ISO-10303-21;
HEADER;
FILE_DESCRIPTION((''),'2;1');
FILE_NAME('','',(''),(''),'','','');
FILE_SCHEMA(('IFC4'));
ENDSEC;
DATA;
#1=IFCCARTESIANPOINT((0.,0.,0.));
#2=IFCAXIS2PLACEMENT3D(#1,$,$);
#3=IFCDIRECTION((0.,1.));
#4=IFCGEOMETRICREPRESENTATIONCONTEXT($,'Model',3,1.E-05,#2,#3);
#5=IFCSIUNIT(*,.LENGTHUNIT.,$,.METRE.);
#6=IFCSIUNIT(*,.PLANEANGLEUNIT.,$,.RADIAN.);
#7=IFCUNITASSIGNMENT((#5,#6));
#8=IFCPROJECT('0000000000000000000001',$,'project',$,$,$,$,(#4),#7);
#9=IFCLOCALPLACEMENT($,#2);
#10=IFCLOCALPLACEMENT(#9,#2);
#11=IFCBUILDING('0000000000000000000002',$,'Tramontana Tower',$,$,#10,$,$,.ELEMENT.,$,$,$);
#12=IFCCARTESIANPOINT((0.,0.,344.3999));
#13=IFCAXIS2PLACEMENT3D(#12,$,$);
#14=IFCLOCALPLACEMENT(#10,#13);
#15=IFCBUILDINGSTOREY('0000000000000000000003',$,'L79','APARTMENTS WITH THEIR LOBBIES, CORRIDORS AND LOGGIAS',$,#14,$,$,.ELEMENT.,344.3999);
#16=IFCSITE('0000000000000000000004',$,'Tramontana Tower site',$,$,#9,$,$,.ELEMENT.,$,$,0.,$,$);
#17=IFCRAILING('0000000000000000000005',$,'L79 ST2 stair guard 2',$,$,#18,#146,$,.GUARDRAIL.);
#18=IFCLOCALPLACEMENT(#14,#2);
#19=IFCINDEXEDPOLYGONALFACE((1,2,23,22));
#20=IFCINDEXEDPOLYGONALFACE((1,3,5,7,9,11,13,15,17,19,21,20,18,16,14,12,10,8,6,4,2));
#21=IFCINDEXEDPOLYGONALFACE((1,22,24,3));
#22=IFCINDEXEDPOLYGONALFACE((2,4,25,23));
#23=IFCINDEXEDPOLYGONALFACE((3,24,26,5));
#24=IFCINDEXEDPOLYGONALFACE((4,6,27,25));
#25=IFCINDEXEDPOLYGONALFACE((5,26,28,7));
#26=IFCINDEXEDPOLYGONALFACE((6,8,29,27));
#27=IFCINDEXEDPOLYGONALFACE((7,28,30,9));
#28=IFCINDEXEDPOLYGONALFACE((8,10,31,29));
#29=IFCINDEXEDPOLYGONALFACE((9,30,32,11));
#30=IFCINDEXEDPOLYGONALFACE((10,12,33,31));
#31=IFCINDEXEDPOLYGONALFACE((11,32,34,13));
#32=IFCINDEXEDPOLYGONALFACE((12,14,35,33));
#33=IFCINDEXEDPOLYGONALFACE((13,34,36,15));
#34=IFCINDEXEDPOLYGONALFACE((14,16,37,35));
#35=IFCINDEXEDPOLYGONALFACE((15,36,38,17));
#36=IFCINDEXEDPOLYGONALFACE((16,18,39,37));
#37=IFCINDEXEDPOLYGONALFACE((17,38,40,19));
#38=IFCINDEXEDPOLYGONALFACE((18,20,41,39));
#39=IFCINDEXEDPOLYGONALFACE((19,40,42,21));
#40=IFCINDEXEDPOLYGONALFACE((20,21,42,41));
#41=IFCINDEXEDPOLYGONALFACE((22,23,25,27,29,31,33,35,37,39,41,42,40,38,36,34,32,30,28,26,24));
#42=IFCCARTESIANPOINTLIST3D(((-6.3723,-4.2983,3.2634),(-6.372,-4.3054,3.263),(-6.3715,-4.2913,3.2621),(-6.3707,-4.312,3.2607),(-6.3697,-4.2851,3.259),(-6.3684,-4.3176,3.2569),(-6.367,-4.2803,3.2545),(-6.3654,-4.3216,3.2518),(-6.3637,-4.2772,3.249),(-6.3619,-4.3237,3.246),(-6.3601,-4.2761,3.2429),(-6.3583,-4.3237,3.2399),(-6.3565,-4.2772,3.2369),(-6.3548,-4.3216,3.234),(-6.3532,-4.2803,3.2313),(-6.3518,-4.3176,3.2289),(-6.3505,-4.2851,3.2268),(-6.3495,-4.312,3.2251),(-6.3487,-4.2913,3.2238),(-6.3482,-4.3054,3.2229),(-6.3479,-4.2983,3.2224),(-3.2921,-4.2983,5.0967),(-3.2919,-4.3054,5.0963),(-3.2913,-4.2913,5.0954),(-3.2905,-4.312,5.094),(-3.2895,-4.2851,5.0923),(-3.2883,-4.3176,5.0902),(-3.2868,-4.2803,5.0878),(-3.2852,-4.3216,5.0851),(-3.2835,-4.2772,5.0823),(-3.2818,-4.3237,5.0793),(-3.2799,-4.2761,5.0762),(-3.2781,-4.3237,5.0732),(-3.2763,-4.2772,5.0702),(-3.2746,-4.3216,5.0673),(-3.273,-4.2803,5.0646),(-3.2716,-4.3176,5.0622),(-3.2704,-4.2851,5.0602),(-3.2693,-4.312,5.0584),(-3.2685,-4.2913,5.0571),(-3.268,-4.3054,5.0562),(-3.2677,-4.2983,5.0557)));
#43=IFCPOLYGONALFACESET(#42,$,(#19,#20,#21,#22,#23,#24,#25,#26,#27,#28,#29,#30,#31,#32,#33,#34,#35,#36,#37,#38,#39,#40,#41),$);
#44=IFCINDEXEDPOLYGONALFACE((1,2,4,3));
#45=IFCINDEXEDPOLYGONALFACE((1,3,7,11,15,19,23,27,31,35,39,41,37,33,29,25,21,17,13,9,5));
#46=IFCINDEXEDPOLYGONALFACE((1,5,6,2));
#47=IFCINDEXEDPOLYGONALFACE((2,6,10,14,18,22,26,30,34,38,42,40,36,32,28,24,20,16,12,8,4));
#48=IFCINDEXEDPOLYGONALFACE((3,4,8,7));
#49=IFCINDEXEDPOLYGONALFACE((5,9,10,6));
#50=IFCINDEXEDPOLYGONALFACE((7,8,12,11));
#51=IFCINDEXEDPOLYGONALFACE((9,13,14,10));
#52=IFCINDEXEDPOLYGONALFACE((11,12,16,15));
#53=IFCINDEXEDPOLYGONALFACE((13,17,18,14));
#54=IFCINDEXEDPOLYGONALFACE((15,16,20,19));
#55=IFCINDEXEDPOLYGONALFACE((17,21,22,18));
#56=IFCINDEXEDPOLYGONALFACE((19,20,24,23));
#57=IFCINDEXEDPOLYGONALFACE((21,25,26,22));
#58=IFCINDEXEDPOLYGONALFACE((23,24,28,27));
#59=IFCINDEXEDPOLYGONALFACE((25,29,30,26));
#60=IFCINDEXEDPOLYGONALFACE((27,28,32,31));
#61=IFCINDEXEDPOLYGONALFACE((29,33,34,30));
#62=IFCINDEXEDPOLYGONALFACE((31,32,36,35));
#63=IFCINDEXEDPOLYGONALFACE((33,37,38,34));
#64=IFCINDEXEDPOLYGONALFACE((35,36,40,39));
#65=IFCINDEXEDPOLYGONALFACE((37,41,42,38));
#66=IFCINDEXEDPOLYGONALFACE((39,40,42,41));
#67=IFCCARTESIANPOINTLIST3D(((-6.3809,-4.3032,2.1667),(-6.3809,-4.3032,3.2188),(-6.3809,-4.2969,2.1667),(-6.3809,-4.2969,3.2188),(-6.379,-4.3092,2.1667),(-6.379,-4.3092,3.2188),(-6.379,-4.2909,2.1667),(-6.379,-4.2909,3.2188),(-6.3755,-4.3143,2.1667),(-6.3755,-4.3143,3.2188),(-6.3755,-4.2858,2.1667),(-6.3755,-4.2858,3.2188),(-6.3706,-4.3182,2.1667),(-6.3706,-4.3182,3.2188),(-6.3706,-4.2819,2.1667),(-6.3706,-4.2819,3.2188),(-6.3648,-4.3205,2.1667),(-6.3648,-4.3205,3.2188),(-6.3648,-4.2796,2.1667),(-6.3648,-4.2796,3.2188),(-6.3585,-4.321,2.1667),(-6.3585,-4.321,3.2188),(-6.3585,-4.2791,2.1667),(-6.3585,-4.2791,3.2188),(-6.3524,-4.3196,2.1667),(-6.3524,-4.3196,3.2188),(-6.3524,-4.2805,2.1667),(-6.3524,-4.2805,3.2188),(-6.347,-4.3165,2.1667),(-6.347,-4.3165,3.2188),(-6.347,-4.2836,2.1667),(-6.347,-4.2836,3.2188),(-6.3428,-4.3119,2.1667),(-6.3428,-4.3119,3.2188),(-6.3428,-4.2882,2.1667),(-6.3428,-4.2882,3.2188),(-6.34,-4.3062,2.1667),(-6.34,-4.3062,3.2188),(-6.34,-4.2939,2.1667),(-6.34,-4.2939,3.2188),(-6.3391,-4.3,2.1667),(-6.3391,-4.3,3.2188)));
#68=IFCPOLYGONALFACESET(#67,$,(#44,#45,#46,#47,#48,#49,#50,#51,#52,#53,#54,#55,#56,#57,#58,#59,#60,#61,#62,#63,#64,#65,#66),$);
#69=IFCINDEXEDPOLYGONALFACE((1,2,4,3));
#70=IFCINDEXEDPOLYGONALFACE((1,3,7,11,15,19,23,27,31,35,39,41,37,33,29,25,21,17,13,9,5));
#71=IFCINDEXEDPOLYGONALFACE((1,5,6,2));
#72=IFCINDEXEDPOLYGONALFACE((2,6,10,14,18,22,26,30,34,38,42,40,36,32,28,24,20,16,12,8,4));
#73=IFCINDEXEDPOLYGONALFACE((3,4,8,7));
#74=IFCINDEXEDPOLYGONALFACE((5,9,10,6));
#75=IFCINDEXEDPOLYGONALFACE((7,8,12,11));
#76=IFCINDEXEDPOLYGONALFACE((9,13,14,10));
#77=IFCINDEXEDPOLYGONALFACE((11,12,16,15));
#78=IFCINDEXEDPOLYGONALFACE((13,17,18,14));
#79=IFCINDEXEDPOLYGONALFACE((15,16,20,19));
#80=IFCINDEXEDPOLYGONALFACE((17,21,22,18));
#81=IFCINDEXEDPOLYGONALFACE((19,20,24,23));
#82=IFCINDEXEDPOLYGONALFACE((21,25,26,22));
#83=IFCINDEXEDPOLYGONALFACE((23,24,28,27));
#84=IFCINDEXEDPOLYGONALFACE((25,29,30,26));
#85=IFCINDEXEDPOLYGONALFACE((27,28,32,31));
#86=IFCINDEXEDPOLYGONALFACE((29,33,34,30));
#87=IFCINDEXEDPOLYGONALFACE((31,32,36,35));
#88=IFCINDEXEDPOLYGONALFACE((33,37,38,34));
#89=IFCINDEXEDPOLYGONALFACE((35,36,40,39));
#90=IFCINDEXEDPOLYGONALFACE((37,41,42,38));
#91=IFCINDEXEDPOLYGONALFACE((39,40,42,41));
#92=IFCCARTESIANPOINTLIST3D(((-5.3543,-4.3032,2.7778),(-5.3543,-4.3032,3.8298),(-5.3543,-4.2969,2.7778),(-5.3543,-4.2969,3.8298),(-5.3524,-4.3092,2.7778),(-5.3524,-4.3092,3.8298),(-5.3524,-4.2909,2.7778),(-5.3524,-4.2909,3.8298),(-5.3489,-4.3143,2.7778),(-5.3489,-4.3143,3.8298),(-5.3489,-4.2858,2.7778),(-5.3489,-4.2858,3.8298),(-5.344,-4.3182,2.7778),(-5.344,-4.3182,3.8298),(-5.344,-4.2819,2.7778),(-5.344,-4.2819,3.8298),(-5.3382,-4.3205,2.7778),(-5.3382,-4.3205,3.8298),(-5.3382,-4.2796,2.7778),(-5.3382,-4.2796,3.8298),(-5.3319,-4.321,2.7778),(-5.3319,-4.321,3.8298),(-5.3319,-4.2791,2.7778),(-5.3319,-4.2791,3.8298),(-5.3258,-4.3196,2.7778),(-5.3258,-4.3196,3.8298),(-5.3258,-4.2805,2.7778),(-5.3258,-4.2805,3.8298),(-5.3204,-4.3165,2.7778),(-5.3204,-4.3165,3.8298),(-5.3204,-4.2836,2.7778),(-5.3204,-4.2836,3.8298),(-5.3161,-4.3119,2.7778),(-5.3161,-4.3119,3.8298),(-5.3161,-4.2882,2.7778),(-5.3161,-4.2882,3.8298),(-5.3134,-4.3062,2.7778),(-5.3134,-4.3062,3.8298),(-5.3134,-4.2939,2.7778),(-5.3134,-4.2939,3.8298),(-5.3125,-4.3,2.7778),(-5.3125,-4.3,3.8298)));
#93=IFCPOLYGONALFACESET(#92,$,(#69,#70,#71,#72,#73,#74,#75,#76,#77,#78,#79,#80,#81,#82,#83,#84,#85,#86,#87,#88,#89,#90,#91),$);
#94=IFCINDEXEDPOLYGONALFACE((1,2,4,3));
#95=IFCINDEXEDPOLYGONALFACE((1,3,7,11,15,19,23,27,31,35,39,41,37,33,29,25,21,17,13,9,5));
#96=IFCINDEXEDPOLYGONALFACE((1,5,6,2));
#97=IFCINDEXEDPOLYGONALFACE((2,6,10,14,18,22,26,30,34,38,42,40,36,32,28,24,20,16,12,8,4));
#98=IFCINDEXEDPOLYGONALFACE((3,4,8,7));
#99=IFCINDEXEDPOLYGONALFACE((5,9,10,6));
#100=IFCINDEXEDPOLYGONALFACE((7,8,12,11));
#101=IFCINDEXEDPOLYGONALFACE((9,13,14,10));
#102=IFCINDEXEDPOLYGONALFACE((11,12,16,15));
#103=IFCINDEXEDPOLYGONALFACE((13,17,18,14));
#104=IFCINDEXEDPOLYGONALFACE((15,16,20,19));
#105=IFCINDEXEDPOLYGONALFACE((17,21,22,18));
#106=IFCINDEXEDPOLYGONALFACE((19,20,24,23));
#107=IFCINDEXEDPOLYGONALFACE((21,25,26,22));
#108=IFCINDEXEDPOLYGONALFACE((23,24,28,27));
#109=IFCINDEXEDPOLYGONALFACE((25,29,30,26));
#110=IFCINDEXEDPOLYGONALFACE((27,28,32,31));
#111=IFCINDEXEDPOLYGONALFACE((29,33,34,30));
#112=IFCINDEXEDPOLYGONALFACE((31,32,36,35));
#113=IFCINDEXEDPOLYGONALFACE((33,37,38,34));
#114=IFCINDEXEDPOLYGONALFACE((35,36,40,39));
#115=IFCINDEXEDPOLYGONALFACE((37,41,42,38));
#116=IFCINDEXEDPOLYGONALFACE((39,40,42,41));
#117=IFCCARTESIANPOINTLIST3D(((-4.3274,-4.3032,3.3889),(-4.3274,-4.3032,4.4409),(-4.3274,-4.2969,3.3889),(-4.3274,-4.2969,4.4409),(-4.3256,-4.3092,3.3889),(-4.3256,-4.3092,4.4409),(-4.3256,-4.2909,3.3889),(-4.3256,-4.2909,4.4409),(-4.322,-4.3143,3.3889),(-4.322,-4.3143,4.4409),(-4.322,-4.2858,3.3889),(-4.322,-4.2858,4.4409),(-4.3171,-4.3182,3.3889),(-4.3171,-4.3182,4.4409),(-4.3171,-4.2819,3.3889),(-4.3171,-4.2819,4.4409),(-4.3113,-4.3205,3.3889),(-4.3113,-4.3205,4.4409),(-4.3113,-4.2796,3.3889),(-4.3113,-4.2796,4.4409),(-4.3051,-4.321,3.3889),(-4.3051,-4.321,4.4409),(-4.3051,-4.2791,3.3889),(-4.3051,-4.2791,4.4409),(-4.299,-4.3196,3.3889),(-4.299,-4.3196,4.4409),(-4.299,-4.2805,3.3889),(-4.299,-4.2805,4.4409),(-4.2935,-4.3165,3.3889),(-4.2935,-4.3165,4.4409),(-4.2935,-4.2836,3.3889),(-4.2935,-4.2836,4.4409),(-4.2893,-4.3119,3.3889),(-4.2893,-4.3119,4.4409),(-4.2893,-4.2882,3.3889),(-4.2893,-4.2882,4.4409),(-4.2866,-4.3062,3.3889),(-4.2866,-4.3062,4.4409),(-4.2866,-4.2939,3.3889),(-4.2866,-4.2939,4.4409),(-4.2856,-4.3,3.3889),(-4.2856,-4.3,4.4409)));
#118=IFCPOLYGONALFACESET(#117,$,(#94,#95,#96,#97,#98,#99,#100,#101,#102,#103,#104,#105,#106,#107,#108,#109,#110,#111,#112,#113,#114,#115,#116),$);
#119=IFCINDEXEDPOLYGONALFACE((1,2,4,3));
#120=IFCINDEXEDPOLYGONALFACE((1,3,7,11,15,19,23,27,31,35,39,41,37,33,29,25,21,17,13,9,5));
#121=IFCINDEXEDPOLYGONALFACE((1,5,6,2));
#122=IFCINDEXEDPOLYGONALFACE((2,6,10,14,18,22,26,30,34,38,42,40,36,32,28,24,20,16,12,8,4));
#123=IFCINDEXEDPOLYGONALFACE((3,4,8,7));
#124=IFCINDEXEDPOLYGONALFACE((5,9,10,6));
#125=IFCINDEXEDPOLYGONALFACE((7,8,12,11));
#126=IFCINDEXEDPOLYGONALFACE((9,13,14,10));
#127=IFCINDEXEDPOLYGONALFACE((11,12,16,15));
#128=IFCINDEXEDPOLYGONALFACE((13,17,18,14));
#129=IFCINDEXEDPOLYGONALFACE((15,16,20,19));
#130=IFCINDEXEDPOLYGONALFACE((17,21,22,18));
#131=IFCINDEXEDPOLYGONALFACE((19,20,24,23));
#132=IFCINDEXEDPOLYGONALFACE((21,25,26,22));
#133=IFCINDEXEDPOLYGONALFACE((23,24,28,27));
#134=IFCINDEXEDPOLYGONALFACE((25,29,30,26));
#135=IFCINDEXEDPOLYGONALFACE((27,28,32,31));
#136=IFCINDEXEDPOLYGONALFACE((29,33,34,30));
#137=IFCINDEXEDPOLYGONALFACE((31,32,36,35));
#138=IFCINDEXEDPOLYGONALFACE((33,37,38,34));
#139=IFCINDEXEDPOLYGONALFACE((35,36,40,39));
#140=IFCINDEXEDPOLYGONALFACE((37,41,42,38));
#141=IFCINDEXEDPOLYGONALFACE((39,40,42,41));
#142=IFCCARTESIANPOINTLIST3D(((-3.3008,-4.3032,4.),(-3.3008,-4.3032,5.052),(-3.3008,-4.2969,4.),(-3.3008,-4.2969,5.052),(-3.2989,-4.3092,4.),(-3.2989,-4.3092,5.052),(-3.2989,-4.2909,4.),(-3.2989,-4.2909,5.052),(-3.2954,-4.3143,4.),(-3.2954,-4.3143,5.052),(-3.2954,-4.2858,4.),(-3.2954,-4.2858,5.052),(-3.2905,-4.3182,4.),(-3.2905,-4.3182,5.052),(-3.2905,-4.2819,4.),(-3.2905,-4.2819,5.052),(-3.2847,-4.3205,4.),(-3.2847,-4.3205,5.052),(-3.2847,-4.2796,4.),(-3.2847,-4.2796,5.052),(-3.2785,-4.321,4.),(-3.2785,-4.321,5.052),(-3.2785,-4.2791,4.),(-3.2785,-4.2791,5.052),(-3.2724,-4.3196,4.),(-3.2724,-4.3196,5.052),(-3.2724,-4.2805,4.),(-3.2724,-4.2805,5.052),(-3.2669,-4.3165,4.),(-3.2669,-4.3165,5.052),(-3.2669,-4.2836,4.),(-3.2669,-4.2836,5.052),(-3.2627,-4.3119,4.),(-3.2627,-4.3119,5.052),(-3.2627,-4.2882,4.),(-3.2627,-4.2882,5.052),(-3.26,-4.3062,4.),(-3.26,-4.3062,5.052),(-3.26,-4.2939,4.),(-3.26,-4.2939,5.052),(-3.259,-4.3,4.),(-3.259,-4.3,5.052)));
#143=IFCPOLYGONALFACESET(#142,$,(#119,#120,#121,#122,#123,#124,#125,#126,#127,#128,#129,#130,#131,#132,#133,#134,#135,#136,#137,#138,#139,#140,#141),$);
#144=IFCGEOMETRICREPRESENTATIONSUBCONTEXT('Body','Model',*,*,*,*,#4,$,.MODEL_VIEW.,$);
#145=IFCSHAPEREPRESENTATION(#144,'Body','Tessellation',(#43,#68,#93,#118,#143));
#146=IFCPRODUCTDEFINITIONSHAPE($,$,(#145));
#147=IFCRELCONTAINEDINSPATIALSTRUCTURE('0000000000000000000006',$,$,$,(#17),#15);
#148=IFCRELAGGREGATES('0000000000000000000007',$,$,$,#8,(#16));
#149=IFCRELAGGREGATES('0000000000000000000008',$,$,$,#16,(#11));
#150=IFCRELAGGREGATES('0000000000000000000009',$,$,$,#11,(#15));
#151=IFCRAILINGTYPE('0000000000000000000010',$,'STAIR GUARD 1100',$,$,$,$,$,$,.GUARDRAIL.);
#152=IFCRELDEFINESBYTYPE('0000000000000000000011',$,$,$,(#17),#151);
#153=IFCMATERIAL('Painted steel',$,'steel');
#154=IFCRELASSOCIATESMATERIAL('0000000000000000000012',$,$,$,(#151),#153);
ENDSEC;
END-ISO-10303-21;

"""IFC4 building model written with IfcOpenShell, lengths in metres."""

from ifc_helpers import new_model, si_unit, direction, frame, origin, origin_2d, place, context, subcontext, project, spatial, circle, extrude, material, type_object, element, save


model = new_model("IFC4")

# Units and contexts
model_context = context("Model", 3, precision=1e-05, world=origin(), true_north=direction((0.0, 1.0)))
body_context = subcontext(model_context, "Body", "Model", "MODEL_VIEW")
ifc_project = project(units=[si_unit("LENGTHUNIT", "METRE"), si_unit("PLANEANGLEUNIT", "RADIAN")], contexts=[model_context])

# Site, building, storey
site_placement = place(None, origin())
site = spatial("IfcSite", under=ifc_project, at=site_placement, Name="Tramontana Tower site", CompositionType="ELEMENT", RefElevation=0.0)
building_placement = place(site_placement, origin())
building = spatial("IfcBuilding", under=site, at=building_placement, Name="Tramontana Tower", CompositionType="ELEMENT")
storey_placement = place(building_placement, frame((0.0, 0.0, 344.3999)))
storey = spatial("IfcBuildingStorey", under=building, at=storey_placement, Name="L79", Description="APARTMENTS WITH THEIR LOBBIES, CORRIDORS AND LOGGIAS", CompositionType="ELEMENT", Elevation=344.3999)

# Railing
ifc_material_1 = material(Name="Painted steel", Category="steel")
railing_type_1 = type_object("IfcRailingType", Name="STAIR GUARD 1100", PredefinedType="GUARDRAIL", material=ifc_material_1)
railing_1_placement = place(storey_placement, frame((-6.3601, -4.3, 2.1667)))
element("IfcRailing", 1, at=railing_1_placement, inside=storey, type_object=railing_type_1, Name="L79 ST2 stair guard 2", PredefinedType="GUARDRAIL", context=body_context, shape_type="SweptSolid", body=[
    extrude(circle(Radius=0.0239, at=origin_2d()), frame((0.0, 0.0, 1.0762), z_axis=(0.859309, 0.0, 0.511458), x_axis=(0.0, 1.0, 0.0)), (0.0, 0.0, 1.0), 3.5845),
    extrude(circle(Radius=0.021, at=origin_2d()), origin(), (0.0, 0.0, 1.0), 1.052),
    extrude(circle(Radius=0.021, at=origin_2d()), frame((1.0266, 0.0, 0.6111)), (0.0, 0.0, 1.0), 1.052),
    extrude(circle(Radius=0.021, at=origin_2d()), frame((2.0535, 0.0, 1.2222)), (0.0, 0.0, 1.0), 1.052),
    extrude(circle(Radius=0.021, at=origin_2d()), frame((3.0801, 0.0, 1.8333)), (0.0, 0.0, 1.0), 1.052),
])

save(model, "model.ifc")
